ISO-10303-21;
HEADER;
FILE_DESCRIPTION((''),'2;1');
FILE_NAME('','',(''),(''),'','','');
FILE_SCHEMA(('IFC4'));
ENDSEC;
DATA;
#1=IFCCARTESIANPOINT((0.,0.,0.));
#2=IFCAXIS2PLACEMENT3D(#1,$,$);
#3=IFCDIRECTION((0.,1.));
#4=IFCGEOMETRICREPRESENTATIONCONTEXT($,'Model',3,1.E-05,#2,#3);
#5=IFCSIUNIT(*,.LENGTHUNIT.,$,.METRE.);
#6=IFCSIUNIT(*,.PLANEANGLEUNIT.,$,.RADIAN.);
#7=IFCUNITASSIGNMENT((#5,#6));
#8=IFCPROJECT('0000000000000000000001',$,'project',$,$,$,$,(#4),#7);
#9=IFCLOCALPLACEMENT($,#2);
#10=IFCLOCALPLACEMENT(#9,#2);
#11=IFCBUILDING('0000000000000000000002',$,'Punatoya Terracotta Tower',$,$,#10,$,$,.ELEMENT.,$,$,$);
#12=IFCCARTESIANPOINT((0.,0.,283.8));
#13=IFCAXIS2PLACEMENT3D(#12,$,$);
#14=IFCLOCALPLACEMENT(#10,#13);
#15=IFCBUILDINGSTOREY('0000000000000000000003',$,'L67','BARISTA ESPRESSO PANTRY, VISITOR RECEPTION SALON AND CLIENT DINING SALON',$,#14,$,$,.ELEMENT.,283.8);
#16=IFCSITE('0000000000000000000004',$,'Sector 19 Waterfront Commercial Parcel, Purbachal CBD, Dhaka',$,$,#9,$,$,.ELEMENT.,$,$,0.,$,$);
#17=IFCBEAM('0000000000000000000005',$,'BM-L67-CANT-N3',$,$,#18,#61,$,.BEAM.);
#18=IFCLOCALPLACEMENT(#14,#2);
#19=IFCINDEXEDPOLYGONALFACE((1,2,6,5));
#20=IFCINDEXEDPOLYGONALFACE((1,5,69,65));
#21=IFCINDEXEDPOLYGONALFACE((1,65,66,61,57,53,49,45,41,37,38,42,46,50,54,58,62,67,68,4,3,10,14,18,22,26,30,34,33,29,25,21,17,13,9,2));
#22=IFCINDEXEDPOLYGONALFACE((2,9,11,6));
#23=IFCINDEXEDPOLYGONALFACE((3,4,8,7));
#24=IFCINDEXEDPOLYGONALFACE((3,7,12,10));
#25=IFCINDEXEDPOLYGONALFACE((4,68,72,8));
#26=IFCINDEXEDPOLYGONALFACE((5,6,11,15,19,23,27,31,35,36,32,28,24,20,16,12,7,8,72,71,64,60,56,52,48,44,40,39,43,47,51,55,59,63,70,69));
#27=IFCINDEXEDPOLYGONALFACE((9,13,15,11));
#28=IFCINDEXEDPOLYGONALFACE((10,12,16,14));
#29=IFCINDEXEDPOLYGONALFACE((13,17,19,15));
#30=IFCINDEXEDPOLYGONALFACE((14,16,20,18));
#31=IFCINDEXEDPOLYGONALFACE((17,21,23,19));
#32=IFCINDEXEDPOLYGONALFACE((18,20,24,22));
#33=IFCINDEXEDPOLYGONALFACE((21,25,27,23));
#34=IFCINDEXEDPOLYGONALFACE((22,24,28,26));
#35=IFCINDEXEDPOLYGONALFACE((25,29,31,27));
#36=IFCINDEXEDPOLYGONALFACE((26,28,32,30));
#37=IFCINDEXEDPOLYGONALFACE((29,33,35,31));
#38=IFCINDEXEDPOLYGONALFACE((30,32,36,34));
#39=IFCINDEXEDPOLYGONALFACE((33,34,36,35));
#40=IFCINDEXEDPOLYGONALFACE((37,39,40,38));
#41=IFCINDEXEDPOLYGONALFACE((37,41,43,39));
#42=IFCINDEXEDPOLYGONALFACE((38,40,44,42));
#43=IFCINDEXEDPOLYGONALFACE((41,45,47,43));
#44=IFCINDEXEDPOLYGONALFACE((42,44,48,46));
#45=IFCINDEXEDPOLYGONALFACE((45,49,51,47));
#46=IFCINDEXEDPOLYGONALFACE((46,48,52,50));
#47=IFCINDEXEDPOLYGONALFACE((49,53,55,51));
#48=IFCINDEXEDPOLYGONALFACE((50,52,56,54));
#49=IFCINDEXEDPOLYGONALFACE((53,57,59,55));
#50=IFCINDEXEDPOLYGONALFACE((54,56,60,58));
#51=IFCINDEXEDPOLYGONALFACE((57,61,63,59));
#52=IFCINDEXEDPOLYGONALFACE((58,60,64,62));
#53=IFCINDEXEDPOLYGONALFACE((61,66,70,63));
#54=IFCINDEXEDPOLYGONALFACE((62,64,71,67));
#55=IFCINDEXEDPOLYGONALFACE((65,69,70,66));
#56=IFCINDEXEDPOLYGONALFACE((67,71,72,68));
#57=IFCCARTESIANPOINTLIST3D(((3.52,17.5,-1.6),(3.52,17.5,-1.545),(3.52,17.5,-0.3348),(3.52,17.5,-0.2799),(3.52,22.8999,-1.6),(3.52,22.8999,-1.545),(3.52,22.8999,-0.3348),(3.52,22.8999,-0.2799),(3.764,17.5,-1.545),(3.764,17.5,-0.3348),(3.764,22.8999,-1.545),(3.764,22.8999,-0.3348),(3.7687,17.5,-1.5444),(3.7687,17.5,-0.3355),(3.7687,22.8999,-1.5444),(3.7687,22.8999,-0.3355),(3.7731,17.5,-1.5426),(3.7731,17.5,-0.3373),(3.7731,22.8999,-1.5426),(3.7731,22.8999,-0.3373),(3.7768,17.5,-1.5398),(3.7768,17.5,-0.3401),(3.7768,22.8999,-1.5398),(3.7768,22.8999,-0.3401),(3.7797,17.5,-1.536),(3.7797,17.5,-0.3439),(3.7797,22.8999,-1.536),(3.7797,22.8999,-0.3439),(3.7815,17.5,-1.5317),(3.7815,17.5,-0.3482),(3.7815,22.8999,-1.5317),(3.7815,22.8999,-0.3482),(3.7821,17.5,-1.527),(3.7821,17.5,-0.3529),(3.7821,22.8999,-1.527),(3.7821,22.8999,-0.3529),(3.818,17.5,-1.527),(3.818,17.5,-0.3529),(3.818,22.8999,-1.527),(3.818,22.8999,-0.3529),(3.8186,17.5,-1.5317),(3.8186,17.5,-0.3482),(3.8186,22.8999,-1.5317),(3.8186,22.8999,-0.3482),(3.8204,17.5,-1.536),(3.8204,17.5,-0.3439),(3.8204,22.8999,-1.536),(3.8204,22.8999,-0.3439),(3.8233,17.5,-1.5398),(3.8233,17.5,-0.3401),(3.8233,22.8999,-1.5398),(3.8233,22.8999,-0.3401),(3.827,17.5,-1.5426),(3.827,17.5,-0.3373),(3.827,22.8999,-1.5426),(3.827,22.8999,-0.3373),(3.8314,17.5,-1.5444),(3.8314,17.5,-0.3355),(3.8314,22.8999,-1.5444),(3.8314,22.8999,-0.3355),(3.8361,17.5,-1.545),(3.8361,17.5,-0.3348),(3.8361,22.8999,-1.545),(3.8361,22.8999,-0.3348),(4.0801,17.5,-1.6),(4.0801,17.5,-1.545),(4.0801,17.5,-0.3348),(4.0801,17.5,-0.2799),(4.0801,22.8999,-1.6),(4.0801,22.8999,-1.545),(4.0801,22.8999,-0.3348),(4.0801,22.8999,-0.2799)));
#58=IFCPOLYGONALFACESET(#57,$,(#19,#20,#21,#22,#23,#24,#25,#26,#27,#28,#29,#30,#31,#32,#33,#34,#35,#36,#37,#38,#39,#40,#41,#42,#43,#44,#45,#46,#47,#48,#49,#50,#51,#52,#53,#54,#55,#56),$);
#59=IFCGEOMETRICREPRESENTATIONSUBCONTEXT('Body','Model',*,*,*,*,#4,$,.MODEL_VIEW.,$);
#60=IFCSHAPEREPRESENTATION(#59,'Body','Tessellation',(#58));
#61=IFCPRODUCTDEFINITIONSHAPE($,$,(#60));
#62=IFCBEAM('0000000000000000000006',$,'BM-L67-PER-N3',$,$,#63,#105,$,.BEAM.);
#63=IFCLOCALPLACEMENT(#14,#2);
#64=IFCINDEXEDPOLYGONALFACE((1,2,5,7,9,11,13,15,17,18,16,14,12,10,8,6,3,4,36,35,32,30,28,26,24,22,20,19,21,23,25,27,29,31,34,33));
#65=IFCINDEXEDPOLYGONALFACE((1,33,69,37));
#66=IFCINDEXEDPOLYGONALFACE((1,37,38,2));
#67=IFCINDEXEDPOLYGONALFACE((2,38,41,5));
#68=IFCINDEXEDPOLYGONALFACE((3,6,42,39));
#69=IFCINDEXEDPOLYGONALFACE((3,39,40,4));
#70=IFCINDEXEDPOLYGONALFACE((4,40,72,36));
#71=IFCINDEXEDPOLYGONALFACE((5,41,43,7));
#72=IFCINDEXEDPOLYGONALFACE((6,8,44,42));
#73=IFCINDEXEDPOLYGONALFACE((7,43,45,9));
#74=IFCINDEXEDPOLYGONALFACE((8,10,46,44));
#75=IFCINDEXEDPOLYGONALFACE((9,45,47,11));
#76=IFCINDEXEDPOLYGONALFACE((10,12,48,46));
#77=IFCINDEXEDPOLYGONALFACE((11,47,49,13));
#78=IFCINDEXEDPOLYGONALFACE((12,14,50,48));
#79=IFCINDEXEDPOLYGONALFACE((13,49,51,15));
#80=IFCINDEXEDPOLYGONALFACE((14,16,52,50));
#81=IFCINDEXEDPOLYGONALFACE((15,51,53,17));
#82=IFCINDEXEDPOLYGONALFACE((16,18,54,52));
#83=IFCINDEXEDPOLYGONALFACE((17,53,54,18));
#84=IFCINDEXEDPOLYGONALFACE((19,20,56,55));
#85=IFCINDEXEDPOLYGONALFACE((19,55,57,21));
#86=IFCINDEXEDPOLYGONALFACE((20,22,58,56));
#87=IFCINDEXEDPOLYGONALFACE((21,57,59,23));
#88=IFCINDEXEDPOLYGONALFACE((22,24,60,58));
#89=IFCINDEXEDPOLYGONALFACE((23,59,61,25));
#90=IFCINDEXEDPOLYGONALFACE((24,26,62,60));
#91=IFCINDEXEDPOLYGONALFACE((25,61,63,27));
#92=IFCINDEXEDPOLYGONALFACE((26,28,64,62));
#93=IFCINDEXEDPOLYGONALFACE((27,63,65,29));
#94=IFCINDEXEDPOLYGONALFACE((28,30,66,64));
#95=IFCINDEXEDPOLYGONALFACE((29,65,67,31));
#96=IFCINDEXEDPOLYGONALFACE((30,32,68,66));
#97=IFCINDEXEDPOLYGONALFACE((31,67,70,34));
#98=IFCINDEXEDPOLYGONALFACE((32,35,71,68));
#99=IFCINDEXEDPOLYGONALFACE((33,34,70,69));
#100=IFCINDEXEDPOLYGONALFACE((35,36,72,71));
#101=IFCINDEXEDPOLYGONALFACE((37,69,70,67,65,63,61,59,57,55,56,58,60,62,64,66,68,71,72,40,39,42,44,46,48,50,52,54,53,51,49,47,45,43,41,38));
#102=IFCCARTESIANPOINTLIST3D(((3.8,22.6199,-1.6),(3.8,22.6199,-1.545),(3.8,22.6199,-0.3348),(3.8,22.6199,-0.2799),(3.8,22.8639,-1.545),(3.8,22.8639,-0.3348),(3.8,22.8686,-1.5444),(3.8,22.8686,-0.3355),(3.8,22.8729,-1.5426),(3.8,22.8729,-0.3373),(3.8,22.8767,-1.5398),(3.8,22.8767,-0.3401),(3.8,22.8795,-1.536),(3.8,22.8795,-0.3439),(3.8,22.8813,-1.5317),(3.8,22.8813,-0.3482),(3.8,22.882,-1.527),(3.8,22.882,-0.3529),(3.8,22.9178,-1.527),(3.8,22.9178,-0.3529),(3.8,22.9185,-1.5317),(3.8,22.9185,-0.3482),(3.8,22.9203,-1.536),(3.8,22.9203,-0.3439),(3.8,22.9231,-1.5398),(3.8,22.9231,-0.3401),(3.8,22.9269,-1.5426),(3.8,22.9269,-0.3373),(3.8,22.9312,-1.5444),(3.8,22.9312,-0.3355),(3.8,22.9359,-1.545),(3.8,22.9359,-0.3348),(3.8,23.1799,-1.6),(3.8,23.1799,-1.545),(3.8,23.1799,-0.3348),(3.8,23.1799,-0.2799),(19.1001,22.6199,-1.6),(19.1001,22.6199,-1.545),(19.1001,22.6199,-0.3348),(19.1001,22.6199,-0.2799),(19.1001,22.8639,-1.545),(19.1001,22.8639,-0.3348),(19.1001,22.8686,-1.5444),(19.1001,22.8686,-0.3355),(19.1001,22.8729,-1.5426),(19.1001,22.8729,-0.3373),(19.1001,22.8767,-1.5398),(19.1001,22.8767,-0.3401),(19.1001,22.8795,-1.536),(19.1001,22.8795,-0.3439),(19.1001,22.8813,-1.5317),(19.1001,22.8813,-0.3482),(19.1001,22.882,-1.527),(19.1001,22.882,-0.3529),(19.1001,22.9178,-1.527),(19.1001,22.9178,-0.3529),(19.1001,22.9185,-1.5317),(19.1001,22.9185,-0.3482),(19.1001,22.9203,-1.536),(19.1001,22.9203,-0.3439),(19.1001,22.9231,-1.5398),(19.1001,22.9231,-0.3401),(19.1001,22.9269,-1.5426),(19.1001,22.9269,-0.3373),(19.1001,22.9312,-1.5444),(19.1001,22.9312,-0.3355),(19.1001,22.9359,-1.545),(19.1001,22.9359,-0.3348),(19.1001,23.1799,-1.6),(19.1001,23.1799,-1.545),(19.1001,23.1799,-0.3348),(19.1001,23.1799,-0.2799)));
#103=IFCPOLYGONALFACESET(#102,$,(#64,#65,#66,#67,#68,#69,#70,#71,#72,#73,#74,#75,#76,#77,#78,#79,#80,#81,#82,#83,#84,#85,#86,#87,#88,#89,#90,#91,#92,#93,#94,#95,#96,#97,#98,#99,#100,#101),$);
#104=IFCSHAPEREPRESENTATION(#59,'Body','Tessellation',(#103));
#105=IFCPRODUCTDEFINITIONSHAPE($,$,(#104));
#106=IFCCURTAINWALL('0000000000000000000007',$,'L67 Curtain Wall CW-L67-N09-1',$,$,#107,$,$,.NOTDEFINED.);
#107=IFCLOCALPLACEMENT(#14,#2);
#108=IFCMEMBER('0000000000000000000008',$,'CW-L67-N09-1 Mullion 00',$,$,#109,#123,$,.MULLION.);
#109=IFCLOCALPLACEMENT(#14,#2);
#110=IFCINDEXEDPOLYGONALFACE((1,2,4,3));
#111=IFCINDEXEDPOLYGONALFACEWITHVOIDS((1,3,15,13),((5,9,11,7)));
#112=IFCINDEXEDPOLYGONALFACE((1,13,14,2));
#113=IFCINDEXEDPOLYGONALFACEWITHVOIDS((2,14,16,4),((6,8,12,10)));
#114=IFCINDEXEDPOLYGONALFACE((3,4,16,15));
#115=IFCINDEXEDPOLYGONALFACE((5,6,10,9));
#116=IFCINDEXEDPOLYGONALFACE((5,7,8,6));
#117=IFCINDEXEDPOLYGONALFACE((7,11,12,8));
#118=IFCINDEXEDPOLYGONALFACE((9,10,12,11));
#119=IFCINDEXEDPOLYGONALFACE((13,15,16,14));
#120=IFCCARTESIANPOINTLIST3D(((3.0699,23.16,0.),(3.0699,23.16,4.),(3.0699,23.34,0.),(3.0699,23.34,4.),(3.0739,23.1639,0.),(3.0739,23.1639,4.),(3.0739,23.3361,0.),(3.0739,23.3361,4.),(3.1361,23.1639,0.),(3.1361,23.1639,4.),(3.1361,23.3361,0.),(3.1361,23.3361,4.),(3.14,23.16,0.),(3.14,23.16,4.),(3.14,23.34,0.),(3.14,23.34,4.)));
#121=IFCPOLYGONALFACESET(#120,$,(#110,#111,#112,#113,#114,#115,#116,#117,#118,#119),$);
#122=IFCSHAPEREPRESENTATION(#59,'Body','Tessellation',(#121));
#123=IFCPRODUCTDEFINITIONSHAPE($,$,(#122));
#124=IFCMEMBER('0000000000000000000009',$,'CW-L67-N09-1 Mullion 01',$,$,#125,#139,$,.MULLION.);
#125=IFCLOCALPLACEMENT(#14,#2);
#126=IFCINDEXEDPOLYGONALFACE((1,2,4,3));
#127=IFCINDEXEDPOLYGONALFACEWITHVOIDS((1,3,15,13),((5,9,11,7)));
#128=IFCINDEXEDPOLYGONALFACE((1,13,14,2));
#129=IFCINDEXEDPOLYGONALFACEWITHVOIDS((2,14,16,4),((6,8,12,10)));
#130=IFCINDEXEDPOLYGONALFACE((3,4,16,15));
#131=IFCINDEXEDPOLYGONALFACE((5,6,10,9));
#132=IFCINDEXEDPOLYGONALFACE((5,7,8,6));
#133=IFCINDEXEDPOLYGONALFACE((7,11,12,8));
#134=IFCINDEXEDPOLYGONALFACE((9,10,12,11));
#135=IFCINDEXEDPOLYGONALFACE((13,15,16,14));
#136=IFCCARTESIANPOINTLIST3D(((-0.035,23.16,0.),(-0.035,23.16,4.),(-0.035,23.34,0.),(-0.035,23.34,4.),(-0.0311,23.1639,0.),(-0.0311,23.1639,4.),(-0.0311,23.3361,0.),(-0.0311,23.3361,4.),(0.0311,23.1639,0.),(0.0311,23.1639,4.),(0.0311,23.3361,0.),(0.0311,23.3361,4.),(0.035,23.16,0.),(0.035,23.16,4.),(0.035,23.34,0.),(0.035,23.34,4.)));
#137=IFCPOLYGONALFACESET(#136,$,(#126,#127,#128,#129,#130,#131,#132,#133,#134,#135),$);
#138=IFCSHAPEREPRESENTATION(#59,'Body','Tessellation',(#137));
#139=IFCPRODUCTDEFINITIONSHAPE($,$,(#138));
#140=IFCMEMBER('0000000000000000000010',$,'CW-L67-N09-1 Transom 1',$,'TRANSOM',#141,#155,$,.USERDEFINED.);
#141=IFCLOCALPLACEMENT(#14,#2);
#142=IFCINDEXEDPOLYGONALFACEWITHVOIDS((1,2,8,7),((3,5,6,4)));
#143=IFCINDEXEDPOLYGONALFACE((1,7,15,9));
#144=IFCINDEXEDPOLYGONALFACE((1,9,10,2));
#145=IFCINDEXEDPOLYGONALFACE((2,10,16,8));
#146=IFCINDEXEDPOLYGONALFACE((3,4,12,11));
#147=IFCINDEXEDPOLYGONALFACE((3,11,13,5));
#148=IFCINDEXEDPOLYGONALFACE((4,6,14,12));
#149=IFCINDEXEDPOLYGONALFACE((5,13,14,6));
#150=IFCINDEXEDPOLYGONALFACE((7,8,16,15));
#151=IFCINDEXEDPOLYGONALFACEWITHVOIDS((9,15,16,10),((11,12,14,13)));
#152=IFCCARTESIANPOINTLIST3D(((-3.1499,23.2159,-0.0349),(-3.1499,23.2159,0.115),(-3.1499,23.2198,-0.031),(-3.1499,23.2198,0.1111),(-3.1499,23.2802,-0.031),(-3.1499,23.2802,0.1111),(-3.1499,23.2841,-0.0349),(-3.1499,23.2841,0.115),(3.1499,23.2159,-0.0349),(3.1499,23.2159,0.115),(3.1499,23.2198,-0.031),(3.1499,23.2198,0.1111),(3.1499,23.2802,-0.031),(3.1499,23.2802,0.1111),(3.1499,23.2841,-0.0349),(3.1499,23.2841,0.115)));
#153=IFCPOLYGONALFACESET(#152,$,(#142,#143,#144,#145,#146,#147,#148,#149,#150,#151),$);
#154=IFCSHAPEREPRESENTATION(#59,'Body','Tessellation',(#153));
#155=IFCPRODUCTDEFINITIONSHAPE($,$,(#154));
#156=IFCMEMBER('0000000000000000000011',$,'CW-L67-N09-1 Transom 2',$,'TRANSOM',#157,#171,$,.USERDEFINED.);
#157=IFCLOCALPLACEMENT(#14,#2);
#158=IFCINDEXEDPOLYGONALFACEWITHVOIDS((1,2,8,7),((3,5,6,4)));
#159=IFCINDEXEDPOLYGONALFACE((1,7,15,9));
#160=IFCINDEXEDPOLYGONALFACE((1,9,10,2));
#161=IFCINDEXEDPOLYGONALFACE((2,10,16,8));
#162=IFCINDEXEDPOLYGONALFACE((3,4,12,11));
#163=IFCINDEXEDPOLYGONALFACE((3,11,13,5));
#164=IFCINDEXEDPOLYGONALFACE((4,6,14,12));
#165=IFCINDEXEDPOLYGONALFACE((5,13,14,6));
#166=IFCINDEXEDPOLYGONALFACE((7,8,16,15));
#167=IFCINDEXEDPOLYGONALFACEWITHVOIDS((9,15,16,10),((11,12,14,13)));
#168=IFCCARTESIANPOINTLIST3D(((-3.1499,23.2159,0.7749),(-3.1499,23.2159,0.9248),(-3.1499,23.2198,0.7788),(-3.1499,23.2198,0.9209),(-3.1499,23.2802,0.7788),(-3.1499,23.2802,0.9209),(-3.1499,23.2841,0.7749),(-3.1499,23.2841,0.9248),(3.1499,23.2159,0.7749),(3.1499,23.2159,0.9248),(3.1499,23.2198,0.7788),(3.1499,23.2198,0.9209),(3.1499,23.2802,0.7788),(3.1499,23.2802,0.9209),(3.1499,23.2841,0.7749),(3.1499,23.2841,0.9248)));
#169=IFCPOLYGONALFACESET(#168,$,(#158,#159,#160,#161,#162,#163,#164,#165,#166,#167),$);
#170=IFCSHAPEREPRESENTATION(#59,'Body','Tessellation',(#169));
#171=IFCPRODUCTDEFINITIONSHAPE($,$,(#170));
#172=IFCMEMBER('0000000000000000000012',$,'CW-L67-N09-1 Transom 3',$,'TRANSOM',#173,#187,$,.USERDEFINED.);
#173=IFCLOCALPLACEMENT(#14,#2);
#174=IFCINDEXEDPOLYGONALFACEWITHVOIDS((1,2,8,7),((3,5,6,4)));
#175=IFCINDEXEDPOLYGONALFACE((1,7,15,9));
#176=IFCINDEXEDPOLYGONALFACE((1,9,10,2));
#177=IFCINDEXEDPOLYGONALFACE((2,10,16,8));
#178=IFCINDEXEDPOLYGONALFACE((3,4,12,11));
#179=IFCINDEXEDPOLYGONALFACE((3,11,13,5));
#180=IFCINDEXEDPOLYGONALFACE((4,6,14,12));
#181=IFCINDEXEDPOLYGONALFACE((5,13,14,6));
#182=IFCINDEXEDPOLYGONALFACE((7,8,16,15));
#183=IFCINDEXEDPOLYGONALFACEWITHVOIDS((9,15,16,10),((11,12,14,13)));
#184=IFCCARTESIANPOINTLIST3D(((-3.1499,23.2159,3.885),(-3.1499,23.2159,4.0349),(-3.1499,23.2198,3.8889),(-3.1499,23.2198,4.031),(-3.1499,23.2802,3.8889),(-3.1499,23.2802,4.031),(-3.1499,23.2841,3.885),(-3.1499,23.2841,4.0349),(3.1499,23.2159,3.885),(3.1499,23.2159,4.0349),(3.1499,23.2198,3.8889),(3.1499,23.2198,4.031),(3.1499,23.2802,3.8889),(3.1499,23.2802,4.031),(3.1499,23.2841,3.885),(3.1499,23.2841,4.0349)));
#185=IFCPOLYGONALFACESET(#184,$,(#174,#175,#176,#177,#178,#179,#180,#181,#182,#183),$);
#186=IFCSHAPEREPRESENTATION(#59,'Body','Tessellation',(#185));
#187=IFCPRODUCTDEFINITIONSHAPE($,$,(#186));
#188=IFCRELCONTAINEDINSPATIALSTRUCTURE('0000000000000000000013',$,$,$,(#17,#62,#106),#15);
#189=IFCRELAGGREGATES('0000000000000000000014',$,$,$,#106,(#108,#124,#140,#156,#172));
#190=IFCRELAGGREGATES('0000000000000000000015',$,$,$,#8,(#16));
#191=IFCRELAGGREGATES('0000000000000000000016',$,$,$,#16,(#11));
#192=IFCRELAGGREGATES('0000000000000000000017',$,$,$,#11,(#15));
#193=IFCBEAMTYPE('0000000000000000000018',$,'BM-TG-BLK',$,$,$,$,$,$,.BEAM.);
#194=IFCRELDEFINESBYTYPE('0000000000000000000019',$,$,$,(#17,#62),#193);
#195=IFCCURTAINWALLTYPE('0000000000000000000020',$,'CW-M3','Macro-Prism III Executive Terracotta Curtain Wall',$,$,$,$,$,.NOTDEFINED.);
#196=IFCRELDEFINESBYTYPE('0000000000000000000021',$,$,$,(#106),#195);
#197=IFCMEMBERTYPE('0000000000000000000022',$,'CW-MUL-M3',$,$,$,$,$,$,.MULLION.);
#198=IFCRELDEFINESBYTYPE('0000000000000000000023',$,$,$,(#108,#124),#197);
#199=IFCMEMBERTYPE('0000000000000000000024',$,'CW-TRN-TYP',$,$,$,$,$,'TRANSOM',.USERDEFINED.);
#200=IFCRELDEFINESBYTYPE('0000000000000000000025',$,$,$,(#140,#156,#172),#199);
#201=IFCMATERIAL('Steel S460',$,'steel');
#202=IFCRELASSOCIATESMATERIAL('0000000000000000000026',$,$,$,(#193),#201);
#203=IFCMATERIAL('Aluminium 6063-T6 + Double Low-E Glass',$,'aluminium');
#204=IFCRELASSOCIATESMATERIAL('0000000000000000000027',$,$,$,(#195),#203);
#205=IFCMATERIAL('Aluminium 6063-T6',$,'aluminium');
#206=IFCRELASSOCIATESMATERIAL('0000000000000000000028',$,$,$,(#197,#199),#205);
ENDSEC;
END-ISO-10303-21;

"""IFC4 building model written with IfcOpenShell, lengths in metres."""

from ifc_helpers import new_model, si_unit, direction, frame, origin, origin_2d, place, context, subcontext, project, spatial, hollow_rectangle, i_section, extrude, material, material_profile, profile_set, type_object, element, aggregate, save


model = new_model("IFC4")

# Units and contexts
model_context = context("Model", 3, precision=1e-05, world=origin(), true_north=direction((0.0, 1.0)))
body_context = subcontext(model_context, "Body", "Model", "MODEL_VIEW")
ifc_project = project(units=[si_unit("LENGTHUNIT", "METRE"), si_unit("PLANEANGLEUNIT", "RADIAN")], contexts=[model_context])

# Site, building, storey
site_placement = place(None, origin())
site = spatial("IfcSite", under=ifc_project, at=site_placement, Name="Sector 19 Waterfront Commercial Parcel, Purbachal CBD, Dhaka", CompositionType="ELEMENT", RefElevation=0.0)
building_placement = place(site_placement, origin())
building = spatial("IfcBuilding", under=site, at=building_placement, Name="Punatoya Terracotta Tower", CompositionType="ELEMENT")
storey_placement = place(building_placement, frame((0.0, 0.0, 283.8)))
storey = spatial("IfcBuildingStorey", under=building, at=storey_placement, Name="L67", Description="BARISTA ESPRESSO PANTRY, VISITOR RECEPTION SALON AND CLIENT DINING SALON", CompositionType="ELEMENT", Elevation=283.8)

# Shared definitions
ifc_material_1 = material(Name="Steel S460", Category="steel")

# Beams
ifc_material_profile_1 = material_profile(ifc_material_1, i_section(OverallWidth=0.5601, OverallDepth=1.3201, WebThickness=0.0359, FlangeThickness=0.0549, FilletRadius=0.0181, at=origin_2d()))
ifc_profile_set_1 = profile_set([ifc_material_profile_1], Name="Steel S460")
beam_type = type_object("IfcBeamType", Name="BM-TG-BLK", PredefinedType="BEAM", material=ifc_profile_set_1)
beam_1_placement = place(storey_placement, frame((3.8, 17.5, -0.9399), z_axis=(0.0, 1.0, 0.0), x_axis=(-1.0, 0.0, 0.0)))
element("IfcBeam", 1, at=beam_1_placement, inside=storey, type_object=beam_type, Name="BM-L67-CANT-N3", PredefinedType="BEAM", context=body_context, shape_type="SweptSolid", body=[
    extrude(i_section(OverallWidth=0.5601, OverallDepth=1.3201, WebThickness=0.0359, FlangeThickness=0.0549, FilletRadius=0.0181, at=origin_2d()), origin(), (0.0, 0.0, 1.0), 5.3999),
])
beam_2_placement = place(storey_placement, frame((3.8, 22.8999, -0.9399), z_axis=(1.0, 0.0, 0.0), x_axis=(0.0, 1.0, 0.0)))
element("IfcBeam", 2, at=beam_2_placement, inside=storey, type_object=beam_type, Name="BM-L67-PER-N3", PredefinedType="BEAM", context=body_context, shape_type="SweptSolid", body=[
    extrude(i_section(OverallWidth=0.5601, OverallDepth=1.3201, WebThickness=0.0359, FlangeThickness=0.0549, FilletRadius=0.0181, at=origin_2d()), origin(), (0.0, 0.0, 1.0), 15.3),
])

# Curtain wall, members
ifc_material_2 = material(Name="Aluminium 6063-T6 + Double Low-E Glass", Category="aluminium")
curtain_wall_type = type_object("IfcCurtainWallType", Name="CW-M3", Description="Macro-Prism III Executive Terracotta Curtain Wall", PredefinedType="NOTDEFINED", material=ifc_material_2)
curtain_wall_placement = place(storey_placement, origin())
curtain_wall = element("IfcCurtainWall", 3, at=curtain_wall_placement, inside=storey, type_object=curtain_wall_type, Name="L67 Curtain Wall CW-L67-N09-1", PredefinedType="NOTDEFINED")
ifc_material_3 = material(Name="Aluminium 6063-T6", Category="aluminium")
ifc_material_profile_2 = material_profile(ifc_material_3, hollow_rectangle(XDim=0.0701, YDim=0.1799, WallThickness=0.0039, at=origin_2d()))
ifc_profile_set_2 = profile_set([ifc_material_profile_2], Name="Aluminium 6063-T6")
member_type_1 = type_object("IfcMemberType", Name="CW-MUL-M3", PredefinedType="MULLION", material=ifc_profile_set_2)
member_1_placement = place(storey_placement, frame((3.105, 23.25, 0.0), z_axis=(0.0, 0.0, 1.0), x_axis=(1.0, 0.0, 0.0)))
member_1 = element("IfcMember", 4, at=member_1_placement, type_object=member_type_1, Name="CW-L67-N09-1 Mullion 00", PredefinedType="MULLION", context=body_context, shape_type="SweptSolid", body=[
    extrude(hollow_rectangle(XDim=0.0701, YDim=0.1799, WallThickness=0.0039, at=origin_2d()), origin(), (0.0, 0.0, 1.0), 4.0),
])
member_2_placement = place(storey_placement, frame((0.0, 23.25, 0.0), z_axis=(0.0, 0.0, 1.0), x_axis=(1.0, 0.0, 0.0)))
member_2 = element("IfcMember", 5, at=member_2_placement, type_object=member_type_1, Name="CW-L67-N09-1 Mullion 01", PredefinedType="MULLION", context=body_context, shape_type="SweptSolid", body=[
    extrude(hollow_rectangle(XDim=0.0701, YDim=0.1799, WallThickness=0.0039, at=origin_2d()), origin(), (0.0, 0.0, 1.0), 4.0),
])
ifc_material_profile_3 = material_profile(ifc_material_3, hollow_rectangle(XDim=0.0681, YDim=0.1499, WallThickness=0.0039, at=origin_2d()))
ifc_profile_set_3 = profile_set([ifc_material_profile_3], Name="Aluminium 6063-T6")
member_type_2 = type_object("IfcMemberType", Name="CW-TRN-TYP", ElementType="TRANSOM", PredefinedType="USERDEFINED", material=ifc_profile_set_3)
member_3_placement = place(storey_placement, frame((3.1499, 23.25, 0.04), z_axis=(-1.0, 0.0, 0.0), x_axis=(0.0, -1.0, 0.0)))
member_3 = element("IfcMember", 6, at=member_3_placement, type_object=member_type_2, Name="CW-L67-N09-1 Transom 1", ObjectType="TRANSOM", PredefinedType="USERDEFINED", context=body_context, shape_type="SweptSolid", body=[
    extrude(hollow_rectangle(XDim=0.0681, YDim=0.1499, WallThickness=0.0039, at=origin_2d()), origin(), (0.0, 0.0, 1.0), 6.2998),
])
member_4_placement = place(storey_placement, frame((3.1499, 23.25, 0.8499), z_axis=(-1.0, 0.0, 0.0), x_axis=(0.0, -1.0, 0.0)))
member_4 = element("IfcMember", 7, at=member_4_placement, type_object=member_type_2, Name="CW-L67-N09-1 Transom 2", ObjectType="TRANSOM", PredefinedType="USERDEFINED", context=body_context, shape_type="SweptSolid", body=[
    extrude(hollow_rectangle(XDim=0.0681, YDim=0.1499, WallThickness=0.0039, at=origin_2d()), origin(), (0.0, 0.0, 1.0), 6.2998),
])
member_5_placement = place(storey_placement, frame((3.1499, 23.25, 3.96), z_axis=(-1.0, 0.0, 0.0), x_axis=(0.0, -1.0, 0.0)))
member_5 = element("IfcMember", 8, at=member_5_placement, type_object=member_type_2, Name="CW-L67-N09-1 Transom 3", ObjectType="TRANSOM", PredefinedType="USERDEFINED", context=body_context, shape_type="SweptSolid", body=[
    extrude(hollow_rectangle(XDim=0.0681, YDim=0.1499, WallThickness=0.0039, at=origin_2d()), origin(), (0.0, 0.0, 1.0), 6.2998),
])

aggregate(curtain_wall, [member_1, member_2, member_3, member_4, member_5])

save(model, "model.ifc")
